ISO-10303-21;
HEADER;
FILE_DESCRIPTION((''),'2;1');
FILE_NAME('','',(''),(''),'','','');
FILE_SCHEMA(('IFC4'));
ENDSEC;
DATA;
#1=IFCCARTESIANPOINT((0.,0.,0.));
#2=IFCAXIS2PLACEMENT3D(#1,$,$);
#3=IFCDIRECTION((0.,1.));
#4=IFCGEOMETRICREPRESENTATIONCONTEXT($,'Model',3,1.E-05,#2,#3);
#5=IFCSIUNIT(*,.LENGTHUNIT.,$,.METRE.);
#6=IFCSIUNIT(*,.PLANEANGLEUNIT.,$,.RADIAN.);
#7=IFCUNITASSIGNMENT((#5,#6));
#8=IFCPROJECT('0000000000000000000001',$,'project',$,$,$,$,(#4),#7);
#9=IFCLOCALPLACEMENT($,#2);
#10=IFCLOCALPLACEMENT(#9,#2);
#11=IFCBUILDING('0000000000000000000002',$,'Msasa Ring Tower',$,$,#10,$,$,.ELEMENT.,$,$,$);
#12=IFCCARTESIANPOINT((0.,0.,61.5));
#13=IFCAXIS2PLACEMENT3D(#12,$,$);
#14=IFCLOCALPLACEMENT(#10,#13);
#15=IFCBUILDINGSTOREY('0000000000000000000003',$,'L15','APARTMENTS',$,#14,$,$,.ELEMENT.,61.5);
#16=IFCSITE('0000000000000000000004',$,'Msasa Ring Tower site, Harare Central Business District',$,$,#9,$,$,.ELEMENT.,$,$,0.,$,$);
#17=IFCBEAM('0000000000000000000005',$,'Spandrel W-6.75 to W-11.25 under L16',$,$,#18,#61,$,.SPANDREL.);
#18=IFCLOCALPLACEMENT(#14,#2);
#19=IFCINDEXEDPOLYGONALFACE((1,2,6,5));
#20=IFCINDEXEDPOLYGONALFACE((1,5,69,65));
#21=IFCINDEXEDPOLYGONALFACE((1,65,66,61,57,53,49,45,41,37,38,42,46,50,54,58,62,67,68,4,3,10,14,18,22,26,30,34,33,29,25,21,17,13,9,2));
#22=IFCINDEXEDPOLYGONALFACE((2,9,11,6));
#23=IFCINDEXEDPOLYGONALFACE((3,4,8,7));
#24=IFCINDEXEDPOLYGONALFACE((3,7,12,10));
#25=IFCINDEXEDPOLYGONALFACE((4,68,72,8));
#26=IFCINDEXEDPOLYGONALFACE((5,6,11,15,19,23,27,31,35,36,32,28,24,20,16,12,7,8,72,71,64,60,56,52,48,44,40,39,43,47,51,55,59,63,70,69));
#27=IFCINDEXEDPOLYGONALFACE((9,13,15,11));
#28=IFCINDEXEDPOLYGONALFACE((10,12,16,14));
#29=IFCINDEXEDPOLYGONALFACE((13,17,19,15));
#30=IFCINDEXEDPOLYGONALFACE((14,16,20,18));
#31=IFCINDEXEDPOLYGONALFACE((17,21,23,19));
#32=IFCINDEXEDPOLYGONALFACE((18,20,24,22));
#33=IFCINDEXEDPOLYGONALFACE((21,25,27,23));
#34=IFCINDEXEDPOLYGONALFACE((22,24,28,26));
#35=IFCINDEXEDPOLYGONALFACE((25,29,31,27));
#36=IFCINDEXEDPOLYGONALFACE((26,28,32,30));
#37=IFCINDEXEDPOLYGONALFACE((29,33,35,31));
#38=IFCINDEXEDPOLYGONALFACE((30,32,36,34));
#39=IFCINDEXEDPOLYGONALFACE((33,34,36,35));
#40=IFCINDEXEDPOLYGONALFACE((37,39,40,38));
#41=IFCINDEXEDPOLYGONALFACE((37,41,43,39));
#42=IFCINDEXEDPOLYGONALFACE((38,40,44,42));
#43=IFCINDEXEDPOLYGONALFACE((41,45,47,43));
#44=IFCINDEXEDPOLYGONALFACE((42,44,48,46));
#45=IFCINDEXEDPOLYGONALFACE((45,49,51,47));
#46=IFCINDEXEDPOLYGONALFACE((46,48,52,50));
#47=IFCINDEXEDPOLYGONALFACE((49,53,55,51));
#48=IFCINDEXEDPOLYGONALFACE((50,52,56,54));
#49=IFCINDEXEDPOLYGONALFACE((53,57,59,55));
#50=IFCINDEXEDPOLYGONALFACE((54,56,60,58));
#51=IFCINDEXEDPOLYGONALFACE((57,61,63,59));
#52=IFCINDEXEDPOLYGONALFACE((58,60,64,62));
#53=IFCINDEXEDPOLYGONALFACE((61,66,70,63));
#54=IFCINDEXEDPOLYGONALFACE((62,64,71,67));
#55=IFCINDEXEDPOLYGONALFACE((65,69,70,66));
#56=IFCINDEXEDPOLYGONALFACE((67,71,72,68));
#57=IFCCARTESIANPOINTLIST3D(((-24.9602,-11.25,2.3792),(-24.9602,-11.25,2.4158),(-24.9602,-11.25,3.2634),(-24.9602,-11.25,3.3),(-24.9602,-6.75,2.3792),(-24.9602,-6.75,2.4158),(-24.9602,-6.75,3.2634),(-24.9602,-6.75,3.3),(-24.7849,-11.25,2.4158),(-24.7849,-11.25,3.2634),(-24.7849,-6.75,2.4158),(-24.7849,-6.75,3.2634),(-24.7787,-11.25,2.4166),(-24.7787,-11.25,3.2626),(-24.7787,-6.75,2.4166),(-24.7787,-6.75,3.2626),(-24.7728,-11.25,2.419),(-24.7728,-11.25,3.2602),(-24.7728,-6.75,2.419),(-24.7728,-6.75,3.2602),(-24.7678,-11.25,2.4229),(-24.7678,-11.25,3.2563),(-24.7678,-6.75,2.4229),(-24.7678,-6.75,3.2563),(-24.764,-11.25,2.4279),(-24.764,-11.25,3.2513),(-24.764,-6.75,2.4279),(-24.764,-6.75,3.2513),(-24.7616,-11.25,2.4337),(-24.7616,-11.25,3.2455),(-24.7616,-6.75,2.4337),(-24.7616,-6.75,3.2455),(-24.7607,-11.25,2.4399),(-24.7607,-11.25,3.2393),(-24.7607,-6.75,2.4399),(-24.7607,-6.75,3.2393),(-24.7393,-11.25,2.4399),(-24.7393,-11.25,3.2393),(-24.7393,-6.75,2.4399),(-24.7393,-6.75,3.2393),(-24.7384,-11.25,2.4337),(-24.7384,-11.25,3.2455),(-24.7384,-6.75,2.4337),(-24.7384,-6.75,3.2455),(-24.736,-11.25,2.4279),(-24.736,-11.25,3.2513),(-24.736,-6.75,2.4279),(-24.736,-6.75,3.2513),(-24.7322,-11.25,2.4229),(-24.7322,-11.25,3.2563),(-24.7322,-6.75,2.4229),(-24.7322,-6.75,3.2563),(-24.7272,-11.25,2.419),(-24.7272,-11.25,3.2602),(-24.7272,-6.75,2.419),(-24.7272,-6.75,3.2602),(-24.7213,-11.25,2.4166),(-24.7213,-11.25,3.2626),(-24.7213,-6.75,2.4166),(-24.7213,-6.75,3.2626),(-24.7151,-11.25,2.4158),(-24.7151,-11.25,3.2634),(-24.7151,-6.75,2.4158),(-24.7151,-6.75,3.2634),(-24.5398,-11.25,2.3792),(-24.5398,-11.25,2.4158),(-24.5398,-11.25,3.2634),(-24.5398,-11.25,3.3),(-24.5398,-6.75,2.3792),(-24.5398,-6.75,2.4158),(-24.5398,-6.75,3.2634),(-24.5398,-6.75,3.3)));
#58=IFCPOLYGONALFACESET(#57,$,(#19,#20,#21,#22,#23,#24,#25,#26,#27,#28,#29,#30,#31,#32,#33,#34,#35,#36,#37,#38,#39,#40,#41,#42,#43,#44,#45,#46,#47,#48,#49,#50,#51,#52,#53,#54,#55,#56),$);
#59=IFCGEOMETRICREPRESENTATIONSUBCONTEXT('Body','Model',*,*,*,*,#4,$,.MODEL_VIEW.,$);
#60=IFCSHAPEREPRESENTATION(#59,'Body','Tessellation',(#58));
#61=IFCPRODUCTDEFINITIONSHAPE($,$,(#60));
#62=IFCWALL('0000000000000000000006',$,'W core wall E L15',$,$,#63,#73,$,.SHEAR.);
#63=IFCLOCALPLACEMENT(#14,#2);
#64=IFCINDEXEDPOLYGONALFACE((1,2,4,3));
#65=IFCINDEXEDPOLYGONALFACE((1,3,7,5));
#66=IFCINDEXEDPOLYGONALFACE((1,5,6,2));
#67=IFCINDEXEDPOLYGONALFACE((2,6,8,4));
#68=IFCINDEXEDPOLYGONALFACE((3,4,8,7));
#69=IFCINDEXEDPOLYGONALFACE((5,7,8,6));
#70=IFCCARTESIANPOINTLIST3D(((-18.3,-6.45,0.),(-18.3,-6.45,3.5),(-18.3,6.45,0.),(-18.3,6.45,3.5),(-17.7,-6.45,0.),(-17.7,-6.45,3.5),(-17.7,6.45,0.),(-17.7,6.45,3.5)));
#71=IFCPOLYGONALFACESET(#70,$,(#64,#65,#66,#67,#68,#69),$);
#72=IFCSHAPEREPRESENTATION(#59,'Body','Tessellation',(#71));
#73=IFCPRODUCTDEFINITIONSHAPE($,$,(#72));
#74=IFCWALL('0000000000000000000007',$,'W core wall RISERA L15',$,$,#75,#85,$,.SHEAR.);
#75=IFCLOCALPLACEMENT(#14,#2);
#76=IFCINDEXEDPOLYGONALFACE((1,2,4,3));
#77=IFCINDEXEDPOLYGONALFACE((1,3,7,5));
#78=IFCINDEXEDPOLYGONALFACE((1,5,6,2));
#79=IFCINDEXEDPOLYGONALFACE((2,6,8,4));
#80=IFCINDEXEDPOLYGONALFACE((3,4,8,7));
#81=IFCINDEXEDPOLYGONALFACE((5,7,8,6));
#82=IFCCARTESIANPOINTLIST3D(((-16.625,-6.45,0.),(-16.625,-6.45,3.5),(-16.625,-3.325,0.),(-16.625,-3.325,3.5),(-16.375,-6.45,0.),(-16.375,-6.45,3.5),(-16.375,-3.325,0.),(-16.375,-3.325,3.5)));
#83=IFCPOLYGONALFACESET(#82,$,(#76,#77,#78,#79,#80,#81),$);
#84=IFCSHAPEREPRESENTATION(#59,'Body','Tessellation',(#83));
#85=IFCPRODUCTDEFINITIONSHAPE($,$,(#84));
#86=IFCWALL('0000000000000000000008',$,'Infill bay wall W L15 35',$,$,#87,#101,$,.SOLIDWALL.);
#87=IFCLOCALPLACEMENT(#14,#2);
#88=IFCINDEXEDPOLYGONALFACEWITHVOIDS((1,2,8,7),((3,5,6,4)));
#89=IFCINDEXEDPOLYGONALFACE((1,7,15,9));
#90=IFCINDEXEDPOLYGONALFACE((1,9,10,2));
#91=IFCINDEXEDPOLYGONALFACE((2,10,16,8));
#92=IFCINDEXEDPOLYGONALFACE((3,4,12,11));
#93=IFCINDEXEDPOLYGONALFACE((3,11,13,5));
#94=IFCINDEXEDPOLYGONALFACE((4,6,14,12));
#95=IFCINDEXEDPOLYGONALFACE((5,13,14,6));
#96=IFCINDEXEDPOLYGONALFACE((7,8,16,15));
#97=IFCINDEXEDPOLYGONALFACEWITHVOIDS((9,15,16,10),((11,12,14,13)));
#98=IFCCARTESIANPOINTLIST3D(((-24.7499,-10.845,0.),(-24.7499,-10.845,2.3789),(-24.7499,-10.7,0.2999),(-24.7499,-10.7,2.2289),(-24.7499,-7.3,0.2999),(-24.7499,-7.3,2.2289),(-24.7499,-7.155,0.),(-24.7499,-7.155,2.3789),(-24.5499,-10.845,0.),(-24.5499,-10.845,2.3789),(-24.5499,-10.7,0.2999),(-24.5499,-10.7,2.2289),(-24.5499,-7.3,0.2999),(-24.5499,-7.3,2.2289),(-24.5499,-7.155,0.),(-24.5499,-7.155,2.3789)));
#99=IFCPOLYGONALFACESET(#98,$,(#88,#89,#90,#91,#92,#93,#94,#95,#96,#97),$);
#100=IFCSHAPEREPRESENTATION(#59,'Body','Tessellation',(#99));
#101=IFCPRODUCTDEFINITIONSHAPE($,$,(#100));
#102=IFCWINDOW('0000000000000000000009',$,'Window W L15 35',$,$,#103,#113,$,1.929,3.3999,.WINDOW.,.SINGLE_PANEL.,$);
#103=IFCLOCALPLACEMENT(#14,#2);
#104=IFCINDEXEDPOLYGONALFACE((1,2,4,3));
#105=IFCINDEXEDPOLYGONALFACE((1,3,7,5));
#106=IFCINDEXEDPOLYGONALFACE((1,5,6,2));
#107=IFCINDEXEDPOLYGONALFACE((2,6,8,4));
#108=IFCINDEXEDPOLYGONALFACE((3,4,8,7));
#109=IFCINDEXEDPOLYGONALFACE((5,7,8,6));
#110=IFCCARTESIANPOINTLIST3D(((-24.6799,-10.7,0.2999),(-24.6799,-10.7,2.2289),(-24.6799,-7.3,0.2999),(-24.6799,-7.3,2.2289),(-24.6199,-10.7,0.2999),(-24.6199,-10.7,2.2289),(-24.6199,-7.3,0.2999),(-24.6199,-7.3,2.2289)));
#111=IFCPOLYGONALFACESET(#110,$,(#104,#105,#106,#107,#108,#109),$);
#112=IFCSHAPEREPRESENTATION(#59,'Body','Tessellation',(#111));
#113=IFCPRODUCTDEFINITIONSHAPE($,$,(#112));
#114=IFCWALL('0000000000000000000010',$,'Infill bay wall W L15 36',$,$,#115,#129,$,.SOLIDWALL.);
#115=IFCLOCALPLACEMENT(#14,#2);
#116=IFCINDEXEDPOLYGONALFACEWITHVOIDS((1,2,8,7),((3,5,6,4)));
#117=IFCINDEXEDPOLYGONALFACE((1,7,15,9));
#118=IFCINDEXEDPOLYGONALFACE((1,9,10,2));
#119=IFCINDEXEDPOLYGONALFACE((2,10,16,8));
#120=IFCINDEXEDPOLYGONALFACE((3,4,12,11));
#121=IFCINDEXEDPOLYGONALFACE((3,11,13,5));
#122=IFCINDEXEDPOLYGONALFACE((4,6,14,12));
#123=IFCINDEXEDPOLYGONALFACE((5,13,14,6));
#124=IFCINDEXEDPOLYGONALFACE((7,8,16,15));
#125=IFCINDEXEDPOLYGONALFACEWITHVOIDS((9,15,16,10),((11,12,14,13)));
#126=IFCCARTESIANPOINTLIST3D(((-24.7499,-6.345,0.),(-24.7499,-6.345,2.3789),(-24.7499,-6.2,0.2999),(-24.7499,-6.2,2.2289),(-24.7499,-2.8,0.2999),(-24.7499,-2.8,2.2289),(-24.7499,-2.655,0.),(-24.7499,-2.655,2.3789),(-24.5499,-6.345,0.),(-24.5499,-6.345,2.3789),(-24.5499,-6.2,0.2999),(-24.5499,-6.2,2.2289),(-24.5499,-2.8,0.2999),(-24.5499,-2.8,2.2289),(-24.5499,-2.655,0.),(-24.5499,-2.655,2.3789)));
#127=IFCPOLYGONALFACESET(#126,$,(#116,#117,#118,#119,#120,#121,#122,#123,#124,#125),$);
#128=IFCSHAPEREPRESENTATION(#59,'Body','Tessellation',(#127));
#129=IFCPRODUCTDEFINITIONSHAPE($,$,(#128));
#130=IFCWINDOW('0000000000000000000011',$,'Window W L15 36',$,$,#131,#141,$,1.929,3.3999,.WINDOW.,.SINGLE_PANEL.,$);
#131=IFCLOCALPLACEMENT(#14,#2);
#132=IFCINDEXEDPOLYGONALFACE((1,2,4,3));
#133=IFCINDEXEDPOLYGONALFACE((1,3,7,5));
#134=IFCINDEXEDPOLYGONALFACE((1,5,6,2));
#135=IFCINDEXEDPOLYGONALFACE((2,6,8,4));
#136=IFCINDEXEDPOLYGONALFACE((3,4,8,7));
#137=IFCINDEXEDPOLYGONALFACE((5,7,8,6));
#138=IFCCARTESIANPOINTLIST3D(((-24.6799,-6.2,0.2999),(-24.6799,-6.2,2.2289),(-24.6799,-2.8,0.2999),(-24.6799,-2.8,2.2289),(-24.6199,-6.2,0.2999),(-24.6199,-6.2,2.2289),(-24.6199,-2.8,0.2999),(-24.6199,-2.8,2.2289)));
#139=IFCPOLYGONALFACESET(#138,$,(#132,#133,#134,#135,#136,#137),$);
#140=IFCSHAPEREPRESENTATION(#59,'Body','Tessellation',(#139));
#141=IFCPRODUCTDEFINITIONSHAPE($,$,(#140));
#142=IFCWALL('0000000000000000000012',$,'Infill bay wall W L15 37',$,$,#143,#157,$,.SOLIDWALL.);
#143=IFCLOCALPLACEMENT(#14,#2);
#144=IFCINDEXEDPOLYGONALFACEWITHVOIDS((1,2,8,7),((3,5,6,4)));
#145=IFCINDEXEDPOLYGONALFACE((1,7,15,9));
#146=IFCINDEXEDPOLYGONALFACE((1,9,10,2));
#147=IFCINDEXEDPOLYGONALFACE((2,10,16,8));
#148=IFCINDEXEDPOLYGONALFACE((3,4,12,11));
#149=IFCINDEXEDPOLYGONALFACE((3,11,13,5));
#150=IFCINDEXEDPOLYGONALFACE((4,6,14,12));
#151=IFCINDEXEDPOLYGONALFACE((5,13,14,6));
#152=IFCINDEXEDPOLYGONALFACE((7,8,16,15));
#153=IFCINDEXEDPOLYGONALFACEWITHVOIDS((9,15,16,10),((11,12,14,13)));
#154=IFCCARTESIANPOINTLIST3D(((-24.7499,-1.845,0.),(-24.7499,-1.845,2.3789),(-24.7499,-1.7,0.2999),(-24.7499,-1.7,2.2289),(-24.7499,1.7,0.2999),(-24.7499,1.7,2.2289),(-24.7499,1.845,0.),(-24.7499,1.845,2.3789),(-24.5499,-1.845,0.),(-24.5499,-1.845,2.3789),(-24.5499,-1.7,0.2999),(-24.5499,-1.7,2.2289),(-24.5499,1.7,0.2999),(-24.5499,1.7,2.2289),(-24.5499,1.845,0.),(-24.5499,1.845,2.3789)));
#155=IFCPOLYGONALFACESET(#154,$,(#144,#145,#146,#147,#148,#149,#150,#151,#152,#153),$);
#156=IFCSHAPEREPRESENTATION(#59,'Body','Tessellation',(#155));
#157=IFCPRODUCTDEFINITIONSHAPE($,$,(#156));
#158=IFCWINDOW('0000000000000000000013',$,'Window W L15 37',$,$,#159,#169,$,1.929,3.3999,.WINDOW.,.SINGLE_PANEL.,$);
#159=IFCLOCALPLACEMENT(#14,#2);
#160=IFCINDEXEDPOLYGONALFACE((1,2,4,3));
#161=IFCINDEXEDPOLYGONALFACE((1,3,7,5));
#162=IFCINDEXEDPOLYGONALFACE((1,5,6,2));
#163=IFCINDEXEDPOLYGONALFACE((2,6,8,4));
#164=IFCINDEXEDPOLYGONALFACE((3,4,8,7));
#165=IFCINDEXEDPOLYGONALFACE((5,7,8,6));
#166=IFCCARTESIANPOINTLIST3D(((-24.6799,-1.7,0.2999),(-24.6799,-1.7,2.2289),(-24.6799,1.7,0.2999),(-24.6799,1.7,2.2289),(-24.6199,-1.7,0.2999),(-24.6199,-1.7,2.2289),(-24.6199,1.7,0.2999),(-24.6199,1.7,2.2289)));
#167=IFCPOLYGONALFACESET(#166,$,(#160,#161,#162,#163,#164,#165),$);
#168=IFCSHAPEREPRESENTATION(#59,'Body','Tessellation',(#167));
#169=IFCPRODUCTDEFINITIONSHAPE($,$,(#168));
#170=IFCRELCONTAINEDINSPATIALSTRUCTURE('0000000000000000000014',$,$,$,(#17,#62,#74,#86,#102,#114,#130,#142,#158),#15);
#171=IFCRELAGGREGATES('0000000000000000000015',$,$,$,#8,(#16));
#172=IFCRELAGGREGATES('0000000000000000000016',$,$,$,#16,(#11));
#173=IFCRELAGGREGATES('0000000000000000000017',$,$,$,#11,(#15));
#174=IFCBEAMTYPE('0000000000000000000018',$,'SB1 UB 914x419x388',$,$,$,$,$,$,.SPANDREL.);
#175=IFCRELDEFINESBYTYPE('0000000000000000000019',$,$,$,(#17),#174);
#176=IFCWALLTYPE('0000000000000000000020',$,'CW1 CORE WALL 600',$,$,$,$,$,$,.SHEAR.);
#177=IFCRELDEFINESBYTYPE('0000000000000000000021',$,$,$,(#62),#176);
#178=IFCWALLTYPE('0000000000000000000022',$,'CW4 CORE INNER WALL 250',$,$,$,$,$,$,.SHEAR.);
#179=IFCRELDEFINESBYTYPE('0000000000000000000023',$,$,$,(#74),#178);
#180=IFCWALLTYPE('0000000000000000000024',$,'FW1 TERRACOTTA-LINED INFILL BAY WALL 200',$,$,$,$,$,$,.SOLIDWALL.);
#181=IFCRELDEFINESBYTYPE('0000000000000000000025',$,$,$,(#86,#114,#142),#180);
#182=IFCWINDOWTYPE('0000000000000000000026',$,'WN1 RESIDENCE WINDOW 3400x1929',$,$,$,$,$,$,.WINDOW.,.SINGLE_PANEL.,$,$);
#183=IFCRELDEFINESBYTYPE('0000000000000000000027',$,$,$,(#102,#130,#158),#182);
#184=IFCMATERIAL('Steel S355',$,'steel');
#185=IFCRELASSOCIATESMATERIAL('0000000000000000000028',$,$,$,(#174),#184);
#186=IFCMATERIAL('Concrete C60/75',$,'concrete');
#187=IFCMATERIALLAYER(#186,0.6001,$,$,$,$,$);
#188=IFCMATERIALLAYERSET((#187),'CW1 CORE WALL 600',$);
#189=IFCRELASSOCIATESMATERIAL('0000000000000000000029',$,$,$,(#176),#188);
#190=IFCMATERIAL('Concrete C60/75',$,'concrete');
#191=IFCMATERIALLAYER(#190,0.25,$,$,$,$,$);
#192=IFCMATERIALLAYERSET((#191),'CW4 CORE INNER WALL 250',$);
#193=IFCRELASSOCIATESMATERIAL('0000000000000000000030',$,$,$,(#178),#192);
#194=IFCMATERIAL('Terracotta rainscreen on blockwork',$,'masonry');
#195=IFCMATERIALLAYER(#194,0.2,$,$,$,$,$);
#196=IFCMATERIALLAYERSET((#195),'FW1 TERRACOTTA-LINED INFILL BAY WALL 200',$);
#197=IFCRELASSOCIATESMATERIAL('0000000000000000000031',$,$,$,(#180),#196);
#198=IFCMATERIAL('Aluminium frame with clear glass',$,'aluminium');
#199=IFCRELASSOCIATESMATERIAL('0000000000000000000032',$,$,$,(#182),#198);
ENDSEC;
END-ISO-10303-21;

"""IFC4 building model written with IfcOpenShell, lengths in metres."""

from ifc_helpers import new_model, si_unit, direction, frame, frame_2d, origin, origin_2d, place, context, subcontext, project, spatial, rectangle, i_section, extrude, material, layer, layer_set, material_profile, profile_set, type_object, element, fill, save


model = new_model("IFC4")

# Units and contexts
model_context = context("Model", 3, precision=1e-05, world=origin(), true_north=direction((0.0, 1.0)))
body_context = subcontext(model_context, "Body", "Model", "MODEL_VIEW")
ifc_project = project(units=[si_unit("LENGTHUNIT", "METRE"), si_unit("PLANEANGLEUNIT", "RADIAN")], contexts=[model_context])

# Site, building, storey
site_placement = place(None, origin())
site = spatial("IfcSite", under=ifc_project, at=site_placement, Name="Msasa Ring Tower site, Harare Central Business District", CompositionType="ELEMENT", RefElevation=0.0)
building_placement = place(site_placement, origin())
building = spatial("IfcBuilding", under=site, at=building_placement, Name="Msasa Ring Tower", CompositionType="ELEMENT")
storey_placement = place(building_placement, frame((0.0, 0.0, 61.5)))
storey = spatial("IfcBuildingStorey", under=building, at=storey_placement, Name="L15", Description="APARTMENTS", CompositionType="ELEMENT", Elevation=61.5)

# Beam
ifc_material_1 = material(Name="Steel S355", Category="steel")
ifc_material_profile_1 = material_profile(ifc_material_1, i_section(OverallWidth=0.4204, OverallDepth=0.9209, WebThickness=0.0215, FlangeThickness=0.0366, FilletRadius=0.0242, at=origin_2d()), Name="UB 914x419x388")
ifc_profile_set_1 = profile_set([ifc_material_profile_1], Name="Steel S355")
beam_type_1 = type_object("IfcBeamType", Name="SB1 UB 914x419x388", PredefinedType="SPANDREL", material=ifc_profile_set_1)
for number, where, z_axis, x_axis, name in (
    (1, (-24.75, -6.75, 2.8396), (0.0, -1.0, 0.0), (1.0, 0.0, 0.0), "Spandrel W-6.75 to W-11.25 under L16"),
):
    element("IfcBeam", number, at=place(storey_placement, frame(where, z_axis=z_axis, x_axis=x_axis)), inside=storey, type_object=beam_type_1, Name=name, PredefinedType="SPANDREL", context=body_context, shape_type="SweptSolid", body=[
        extrude(i_section(OverallWidth=0.4204, OverallDepth=0.9209, WebThickness=0.0215, FlangeThickness=0.0366, FilletRadius=0.0242, at=origin_2d()), origin(), (0.0, 0.0, 1.0), 4.5),
    ])

# Walls
ifc_material_2 = material(Name="Concrete C60/75", Category="concrete")
ifc_layer_1 = layer(ifc_material_2, 0.6001)
ifc_layer_set_1 = layer_set([ifc_layer_1], Name="CW1 CORE WALL 600")
wall_type_1 = type_object("IfcWallType", Name="CW1 CORE WALL 600", PredefinedType="SHEAR", material=ifc_layer_set_1)
wall_1_placement = place(storey_placement, frame((-18.0, -6.45, 0.0), z_axis=(0.0, 0.0, 1.0), x_axis=(0.0, 1.0, 0.0)))
element("IfcWall", 2, at=wall_1_placement, inside=storey, type_object=wall_type_1, Name="W core wall E L15", PredefinedType="SHEAR", context=body_context, shape_type="SweptSolid", body=[
    extrude(rectangle(XDim=12.8999, YDim=0.6001, at=frame_2d((6.45, 0.0))), origin(), (0.0, 0.0, 1.0), 3.5),
])
ifc_material_3 = material(Name="Concrete C60/75", Category="concrete")
ifc_layer_2 = layer(ifc_material_3, 0.25)
ifc_layer_set_2 = layer_set([ifc_layer_2], Name="CW4 CORE INNER WALL 250")
wall_type_2 = type_object("IfcWallType", Name="CW4 CORE INNER WALL 250", PredefinedType="SHEAR", material=ifc_layer_set_2)
wall_2_placement = place(storey_placement, frame((-16.5, -6.45, 0.0), z_axis=(0.0, 0.0, 1.0), x_axis=(0.0, 1.0, 0.0)))
element("IfcWall", 3, at=wall_2_placement, inside=storey, type_object=wall_type_2, Name="W core wall RISERA L15", PredefinedType="SHEAR", context=body_context, shape_type="SweptSolid", body=[
    extrude(rectangle(XDim=3.125, YDim=0.25, at=frame_2d((1.5625, 0.0))), origin(), (0.0, 0.0, 1.0), 3.5),
])

# Walls, openings, windows
ifc_material_4 = material(Name="Terracotta rainscreen on blockwork", Category="masonry")
ifc_layer_3 = layer(ifc_material_4, 0.2)
ifc_layer_set_3 = layer_set([ifc_layer_3], Name="FW1 TERRACOTTA-LINED INFILL BAY WALL 200")
wall_type_3 = type_object("IfcWallType", Name="FW1 TERRACOTTA-LINED INFILL BAY WALL 200", PredefinedType="SOLIDWALL", material=ifc_layer_set_3)
wall_3_placement = place(storey_placement, frame((-24.6499, -10.845, 0.0), z_axis=(0.0, 0.0, 1.0), x_axis=(0.0, 1.0, 0.0)))
wall_3 = element("IfcWall", 4, at=wall_3_placement, inside=storey, type_object=wall_type_3, Name="Infill bay wall W L15 35", PredefinedType="SOLIDWALL", context=body_context, shape_type="SweptSolid", body=[
    extrude(rectangle(XDim=3.6899, YDim=0.2, at=frame_2d((1.845, 0.0))), origin(), (0.0, 0.0, 1.0), 2.3789),
])
opening_1_placement = place(wall_3_placement, frame((0.145, 0.0, 0.3)))
opening_1 = element("IfcOpeningElement", 5, at=opening_1_placement, cuts=wall_3, PredefinedType="OPENING", context=body_context, shape_type="SweptSolid", body=[
    extrude(rectangle(XDim=3.3999, YDim=1.929, at=frame_2d((1.7, 0.9644))), frame((0.0, 0.1099, 0.0), z_axis=(0.0, -1.0, 0.0), x_axis=(1.0, 0.0, 0.0)), (0.0, 0.0, 1.0), 0.22),
])
ifc_material_5 = material(Name="Aluminium frame with clear glass", Category="aluminium")
window_type = type_object("IfcWindowType", Name="WN1 RESIDENCE WINDOW 3400x1929", PartitioningType="SINGLE_PANEL", PredefinedType="WINDOW", material=ifc_material_5)
window_1_placement = place(opening_1_placement, origin())
window_1 = element("IfcWindow", 6, at=window_1_placement, inside=storey, type_object=window_type, Name="Window W L15 35", OverallHeight=1.929, OverallWidth=3.3999, PartitioningType="SINGLE_PANEL", PredefinedType="WINDOW", context=body_context, shape_type="SweptSolid", body=[
    extrude(rectangle(XDim=3.3999, YDim=1.929, at=frame_2d((1.7, 0.9644))), frame((0.0, 0.03, 0.0), z_axis=(0.0, -1.0, 0.0), x_axis=(1.0, 0.0, 0.0)), (0.0, 0.0, 1.0), 0.0601),
])
fill(opening_1, window_1)
wall_4_placement = place(storey_placement, frame((-24.6499, -6.345, 0.0), z_axis=(0.0, 0.0, 1.0), x_axis=(0.0, 1.0, 0.0)))
wall_4 = element("IfcWall", 7, at=wall_4_placement, inside=storey, type_object=wall_type_3, Name="Infill bay wall W L15 36", PredefinedType="SOLIDWALL", context=body_context, shape_type="SweptSolid", body=[
    extrude(rectangle(XDim=3.6899, YDim=0.2, at=frame_2d((1.845, 0.0))), origin(), (0.0, 0.0, 1.0), 2.3789),
])
opening_2_placement = place(wall_4_placement, frame((0.145, 0.0, 0.3)))
opening_2 = element("IfcOpeningElement", 8, at=opening_2_placement, cuts=wall_4, PredefinedType="OPENING", context=body_context, shape_type="SweptSolid", body=[
    extrude(rectangle(XDim=3.3999, YDim=1.929, at=frame_2d((1.7, 0.9644))), frame((0.0, 0.1099, 0.0), z_axis=(0.0, -1.0, 0.0), x_axis=(1.0, 0.0, 0.0)), (0.0, 0.0, 1.0), 0.22),
])
window_2_placement = place(opening_2_placement, origin())
window_2 = element("IfcWindow", 9, at=window_2_placement, inside=storey, type_object=window_type, Name="Window W L15 36", OverallHeight=1.929, OverallWidth=3.3999, PartitioningType="SINGLE_PANEL", PredefinedType="WINDOW", context=body_context, shape_type="SweptSolid", body=[
    extrude(rectangle(XDim=3.3999, YDim=1.929, at=frame_2d((1.7, 0.9644))), frame((0.0, 0.03, 0.0), z_axis=(0.0, -1.0, 0.0), x_axis=(1.0, 0.0, 0.0)), (0.0, 0.0, 1.0), 0.0601),
])
fill(opening_2, window_2)
wall_5_placement = place(storey_placement, frame((-24.6499, -1.845, 0.0), z_axis=(0.0, 0.0, 1.0), x_axis=(0.0, 1.0, 0.0)))
wall_5 = element("IfcWall", 10, at=wall_5_placement, inside=storey, type_object=wall_type_3, Name="Infill bay wall W L15 37", PredefinedType="SOLIDWALL", context=body_context, shape_type="SweptSolid", body=[
    extrude(rectangle(XDim=3.6899, YDim=0.2, at=frame_2d((1.845, 0.0))), origin(), (0.0, 0.0, 1.0), 2.3789),
])
opening_3_placement = place(wall_5_placement, frame((0.145, 0.0, 0.3)))
opening_3 = element("IfcOpeningElement", 11, at=opening_3_placement, cuts=wall_5, PredefinedType="OPENING", context=body_context, shape_type="SweptSolid", body=[
    extrude(rectangle(XDim=3.3999, YDim=1.929, at=frame_2d((1.7, 0.9644))), frame((0.0, 0.1099, 0.0), z_axis=(0.0, -1.0, 0.0), x_axis=(1.0, 0.0, 0.0)), (0.0, 0.0, 1.0), 0.22),
])
window_3_placement = place(opening_3_placement, origin())
window_3 = element("IfcWindow", 12, at=window_3_placement, inside=storey, type_object=window_type, Name="Window W L15 37", OverallHeight=1.929, OverallWidth=3.3999, PartitioningType="SINGLE_PANEL", PredefinedType="WINDOW", context=body_context, shape_type="SweptSolid", body=[
    extrude(rectangle(XDim=3.3999, YDim=1.929, at=frame_2d((1.7, 0.9644))), frame((0.0, 0.03, 0.0), z_axis=(0.0, -1.0, 0.0), x_axis=(1.0, 0.0, 0.0)), (0.0, 0.0, 1.0), 0.0601),
])
fill(opening_3, window_3)

save(model, "model.ifc")
